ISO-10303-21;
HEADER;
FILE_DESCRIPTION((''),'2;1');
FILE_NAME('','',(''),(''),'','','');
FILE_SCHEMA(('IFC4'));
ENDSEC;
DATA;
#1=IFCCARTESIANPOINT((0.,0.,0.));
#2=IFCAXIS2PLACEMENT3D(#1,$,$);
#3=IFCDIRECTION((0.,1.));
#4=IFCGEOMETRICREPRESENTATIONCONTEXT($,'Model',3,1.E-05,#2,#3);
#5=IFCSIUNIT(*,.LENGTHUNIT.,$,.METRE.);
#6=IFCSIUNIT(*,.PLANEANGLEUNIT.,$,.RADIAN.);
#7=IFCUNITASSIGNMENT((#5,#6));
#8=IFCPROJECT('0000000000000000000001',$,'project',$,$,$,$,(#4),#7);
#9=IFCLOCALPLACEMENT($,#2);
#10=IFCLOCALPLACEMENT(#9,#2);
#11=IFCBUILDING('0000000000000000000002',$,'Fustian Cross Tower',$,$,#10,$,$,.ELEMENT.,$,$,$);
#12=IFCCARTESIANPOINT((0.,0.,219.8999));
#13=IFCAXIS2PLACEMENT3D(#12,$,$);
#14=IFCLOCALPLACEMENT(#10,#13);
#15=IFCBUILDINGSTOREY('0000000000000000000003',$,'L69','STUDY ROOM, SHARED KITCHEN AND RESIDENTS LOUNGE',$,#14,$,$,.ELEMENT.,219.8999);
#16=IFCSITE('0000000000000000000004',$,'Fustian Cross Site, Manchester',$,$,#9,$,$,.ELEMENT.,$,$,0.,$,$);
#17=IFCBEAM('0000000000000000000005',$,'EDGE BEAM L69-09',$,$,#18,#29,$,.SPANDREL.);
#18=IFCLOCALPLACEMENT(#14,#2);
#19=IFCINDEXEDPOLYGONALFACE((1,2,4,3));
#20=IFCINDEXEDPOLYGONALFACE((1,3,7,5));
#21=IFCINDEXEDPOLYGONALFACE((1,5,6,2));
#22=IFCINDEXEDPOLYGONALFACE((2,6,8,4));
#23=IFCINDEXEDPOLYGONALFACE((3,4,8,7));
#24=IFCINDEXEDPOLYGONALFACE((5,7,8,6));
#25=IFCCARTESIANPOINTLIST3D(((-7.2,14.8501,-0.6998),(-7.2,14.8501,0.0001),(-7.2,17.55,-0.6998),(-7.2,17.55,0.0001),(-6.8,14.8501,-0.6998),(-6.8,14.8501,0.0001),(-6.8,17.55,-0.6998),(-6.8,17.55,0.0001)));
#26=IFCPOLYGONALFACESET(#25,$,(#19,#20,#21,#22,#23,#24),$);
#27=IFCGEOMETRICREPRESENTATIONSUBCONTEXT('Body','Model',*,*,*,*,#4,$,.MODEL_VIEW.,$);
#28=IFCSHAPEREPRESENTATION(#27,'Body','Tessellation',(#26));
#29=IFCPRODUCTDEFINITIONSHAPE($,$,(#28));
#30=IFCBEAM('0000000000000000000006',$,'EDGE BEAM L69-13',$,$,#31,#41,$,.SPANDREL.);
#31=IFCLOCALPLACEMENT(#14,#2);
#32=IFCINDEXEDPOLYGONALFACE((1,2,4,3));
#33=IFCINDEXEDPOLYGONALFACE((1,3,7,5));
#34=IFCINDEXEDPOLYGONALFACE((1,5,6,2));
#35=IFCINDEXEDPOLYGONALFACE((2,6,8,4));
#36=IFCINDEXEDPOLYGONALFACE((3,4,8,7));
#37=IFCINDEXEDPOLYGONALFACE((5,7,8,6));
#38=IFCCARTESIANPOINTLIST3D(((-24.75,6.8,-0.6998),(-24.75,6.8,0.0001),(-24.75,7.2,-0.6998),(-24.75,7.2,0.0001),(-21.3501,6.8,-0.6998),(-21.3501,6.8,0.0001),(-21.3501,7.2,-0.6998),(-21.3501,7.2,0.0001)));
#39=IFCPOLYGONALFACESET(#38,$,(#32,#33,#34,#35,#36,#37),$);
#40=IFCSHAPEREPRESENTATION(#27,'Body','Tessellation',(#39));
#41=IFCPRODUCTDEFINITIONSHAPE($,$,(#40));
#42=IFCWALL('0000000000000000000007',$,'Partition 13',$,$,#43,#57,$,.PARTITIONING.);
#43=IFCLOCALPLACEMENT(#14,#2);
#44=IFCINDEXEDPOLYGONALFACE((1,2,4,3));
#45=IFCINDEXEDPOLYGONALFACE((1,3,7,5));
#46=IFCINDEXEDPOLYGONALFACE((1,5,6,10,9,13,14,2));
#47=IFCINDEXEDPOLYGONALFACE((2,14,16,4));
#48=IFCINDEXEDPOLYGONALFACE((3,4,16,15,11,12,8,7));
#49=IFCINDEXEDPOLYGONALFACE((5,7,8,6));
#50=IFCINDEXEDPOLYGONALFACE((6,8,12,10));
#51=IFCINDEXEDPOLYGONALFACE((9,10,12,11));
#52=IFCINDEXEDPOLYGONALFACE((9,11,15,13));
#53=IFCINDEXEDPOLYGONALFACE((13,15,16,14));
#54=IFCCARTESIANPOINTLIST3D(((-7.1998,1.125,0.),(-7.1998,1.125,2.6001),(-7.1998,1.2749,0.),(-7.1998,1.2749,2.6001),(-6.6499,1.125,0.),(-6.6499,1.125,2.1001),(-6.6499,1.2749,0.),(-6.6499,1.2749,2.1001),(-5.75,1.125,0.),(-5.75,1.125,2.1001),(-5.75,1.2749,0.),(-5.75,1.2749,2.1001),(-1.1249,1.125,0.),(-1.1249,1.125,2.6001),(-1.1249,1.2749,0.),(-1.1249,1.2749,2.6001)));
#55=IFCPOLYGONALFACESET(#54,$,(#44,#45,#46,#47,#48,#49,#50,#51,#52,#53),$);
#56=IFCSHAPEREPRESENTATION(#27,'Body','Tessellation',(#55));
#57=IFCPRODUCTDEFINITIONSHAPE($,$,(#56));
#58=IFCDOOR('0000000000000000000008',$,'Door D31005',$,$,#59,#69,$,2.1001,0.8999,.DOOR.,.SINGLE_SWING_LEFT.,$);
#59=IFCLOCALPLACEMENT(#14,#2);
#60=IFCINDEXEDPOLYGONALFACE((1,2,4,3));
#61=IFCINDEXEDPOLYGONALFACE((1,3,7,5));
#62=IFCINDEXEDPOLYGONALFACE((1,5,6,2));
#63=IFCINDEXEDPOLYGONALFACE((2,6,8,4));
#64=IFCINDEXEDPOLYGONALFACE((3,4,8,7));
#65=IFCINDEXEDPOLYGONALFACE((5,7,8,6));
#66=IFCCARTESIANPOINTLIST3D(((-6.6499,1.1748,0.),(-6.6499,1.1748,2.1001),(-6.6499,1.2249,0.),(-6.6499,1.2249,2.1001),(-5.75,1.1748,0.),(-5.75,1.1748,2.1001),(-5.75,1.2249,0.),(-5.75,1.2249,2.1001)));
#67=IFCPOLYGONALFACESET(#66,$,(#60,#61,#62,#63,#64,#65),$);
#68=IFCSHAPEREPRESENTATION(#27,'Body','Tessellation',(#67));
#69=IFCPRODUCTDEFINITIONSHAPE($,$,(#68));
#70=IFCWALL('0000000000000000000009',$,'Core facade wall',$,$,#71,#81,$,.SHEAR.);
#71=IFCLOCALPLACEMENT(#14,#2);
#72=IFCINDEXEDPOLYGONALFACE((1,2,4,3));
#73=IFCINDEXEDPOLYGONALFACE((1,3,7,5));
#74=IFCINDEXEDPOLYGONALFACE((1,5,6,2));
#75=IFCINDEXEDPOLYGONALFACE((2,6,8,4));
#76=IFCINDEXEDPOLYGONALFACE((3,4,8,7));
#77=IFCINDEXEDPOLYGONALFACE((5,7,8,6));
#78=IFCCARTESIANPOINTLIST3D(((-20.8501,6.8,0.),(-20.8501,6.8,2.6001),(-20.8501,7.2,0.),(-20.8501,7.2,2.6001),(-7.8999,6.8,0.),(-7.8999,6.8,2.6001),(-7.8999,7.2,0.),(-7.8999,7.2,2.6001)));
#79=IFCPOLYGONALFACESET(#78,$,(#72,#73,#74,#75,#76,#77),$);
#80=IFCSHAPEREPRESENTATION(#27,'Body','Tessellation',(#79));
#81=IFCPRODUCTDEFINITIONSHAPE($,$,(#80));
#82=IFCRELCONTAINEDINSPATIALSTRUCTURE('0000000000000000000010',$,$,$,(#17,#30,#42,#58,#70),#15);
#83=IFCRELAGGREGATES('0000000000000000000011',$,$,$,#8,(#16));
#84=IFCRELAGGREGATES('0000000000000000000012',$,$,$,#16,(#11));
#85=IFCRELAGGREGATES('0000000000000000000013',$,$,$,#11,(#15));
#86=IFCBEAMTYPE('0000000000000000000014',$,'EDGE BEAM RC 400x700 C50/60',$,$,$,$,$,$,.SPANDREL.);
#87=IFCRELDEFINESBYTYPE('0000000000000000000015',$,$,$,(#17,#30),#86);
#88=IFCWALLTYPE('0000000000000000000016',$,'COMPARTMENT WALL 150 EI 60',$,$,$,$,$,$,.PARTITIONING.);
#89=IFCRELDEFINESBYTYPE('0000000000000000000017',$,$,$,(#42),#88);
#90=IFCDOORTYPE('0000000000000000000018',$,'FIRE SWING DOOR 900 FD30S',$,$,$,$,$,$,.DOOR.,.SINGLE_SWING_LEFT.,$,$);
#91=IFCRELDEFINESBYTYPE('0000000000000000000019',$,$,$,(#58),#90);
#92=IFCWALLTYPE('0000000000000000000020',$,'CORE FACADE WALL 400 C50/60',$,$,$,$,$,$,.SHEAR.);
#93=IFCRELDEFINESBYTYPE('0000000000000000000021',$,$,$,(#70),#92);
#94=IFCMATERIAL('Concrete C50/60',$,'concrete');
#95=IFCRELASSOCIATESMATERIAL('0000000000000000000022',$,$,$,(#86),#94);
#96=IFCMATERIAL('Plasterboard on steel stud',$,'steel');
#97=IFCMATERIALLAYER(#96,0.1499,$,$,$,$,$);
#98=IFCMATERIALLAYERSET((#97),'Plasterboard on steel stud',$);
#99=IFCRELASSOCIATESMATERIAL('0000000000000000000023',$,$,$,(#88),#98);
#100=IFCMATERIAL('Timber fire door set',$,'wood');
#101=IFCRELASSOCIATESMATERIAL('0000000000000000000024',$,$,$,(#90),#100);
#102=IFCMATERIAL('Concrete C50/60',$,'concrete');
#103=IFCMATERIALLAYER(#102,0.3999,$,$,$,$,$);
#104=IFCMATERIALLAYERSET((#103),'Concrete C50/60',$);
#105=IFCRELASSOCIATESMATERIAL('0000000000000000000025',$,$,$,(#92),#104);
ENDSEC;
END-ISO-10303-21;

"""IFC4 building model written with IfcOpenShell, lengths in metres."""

from ifc_helpers import new_model, si_unit, direction, frame, frame_2d, origin, origin_2d, place, context, subcontext, project, spatial, rectangle, extrude, material, layer, layer_set, material_profile, profile_set, type_object, element, fill, save


model = new_model("IFC4")

# Units and contexts
model_context = context("Model", 3, precision=1e-05, world=origin(), true_north=direction((0.0, 1.0)))
body_context = subcontext(model_context, "Body", "Model", "MODEL_VIEW")
ifc_project = project(units=[si_unit("LENGTHUNIT", "METRE"), si_unit("PLANEANGLEUNIT", "RADIAN")], contexts=[model_context])

# Site, building, storey
site_placement = place(None, origin())
site = spatial("IfcSite", under=ifc_project, at=site_placement, Name="Fustian Cross Site, Manchester", CompositionType="ELEMENT", RefElevation=0.0)
building_placement = place(site_placement, origin())
building = spatial("IfcBuilding", under=site, at=building_placement, Name="Fustian Cross Tower", CompositionType="ELEMENT")
storey_placement = place(building_placement, frame((0.0, 0.0, 219.8999)))
storey = spatial("IfcBuildingStorey", under=building, at=storey_placement, Name="L69", Description="STUDY ROOM, SHARED KITCHEN AND RESIDENTS LOUNGE", CompositionType="ELEMENT", Elevation=219.8999)

# Beams
ifc_material_1 = material(Name="Concrete C50/60", Category="concrete")
ifc_material_profile = material_profile(ifc_material_1, rectangle(XDim=0.3999, YDim=0.7, at=origin_2d()), Name="RC 400x700")
ifc_profile_set = profile_set([ifc_material_profile], Name="Concrete C50/60")
beam_type = type_object("IfcBeamType", Name="EDGE BEAM RC 400x700 C50/60", PredefinedType="SPANDREL", material=ifc_profile_set)
beam_1_placement = place(storey_placement, frame((-7.0, 17.55, -0.3499), z_axis=(0.0, -1.0, 0.0), x_axis=(1.0, 0.0, 0.0)))
element("IfcBeam", 1, at=beam_1_placement, inside=storey, type_object=beam_type, Name="EDGE BEAM L69-09", PredefinedType="SPANDREL", context=body_context, shape_type="SweptSolid", body=[
    extrude(rectangle(XDim=0.3999, YDim=0.7, at=origin_2d()), origin(), (0.0, 0.0, 1.0), 2.7),
])
beam_2_placement = place(storey_placement, frame((-21.3501, 7.0, -0.3499), z_axis=(-1.0, 0.0, 0.0), x_axis=(0.0, -1.0, 0.0)))
element("IfcBeam", 2, at=beam_2_placement, inside=storey, type_object=beam_type, Name="EDGE BEAM L69-13", PredefinedType="SPANDREL", context=body_context, shape_type="SweptSolid", body=[
    extrude(rectangle(XDim=0.3999, YDim=0.7, at=origin_2d()), origin(), (0.0, 0.0, 1.0), 3.3999),
])

# Wall, opening, door
ifc_material_2 = material(Name="Plasterboard on steel stud", Category="steel")
ifc_layer_1 = layer(ifc_material_2, 0.1499)
ifc_layer_set_1 = layer_set([ifc_layer_1], Name="Plasterboard on steel stud")
wall_type_1 = type_object("IfcWallType", Name="COMPARTMENT WALL 150 EI 60", PredefinedType="PARTITIONING", material=ifc_layer_set_1)
wall_1_placement = place(storey_placement, frame((-7.2, 1.2, 0.0), z_axis=(0.0, 0.0, 1.0), x_axis=(1.0, 0.0, 0.0)))
wall_1 = element("IfcWall", 3, at=wall_1_placement, inside=storey, type_object=wall_type_1, Name="Partition 13", PredefinedType="PARTITIONING", context=body_context, shape_type="SweptSolid", body=[
    extrude(rectangle(XDim=6.075, YDim=0.1499, at=frame_2d((3.0376, 0.0))), origin(), (0.0, 0.0, 1.0), 2.6001),
])
opening_1_placement = place(wall_1_placement, frame((0.55, 0.0, 0.0)))
opening_1 = element("IfcOpeningElement", 4, at=opening_1_placement, cuts=wall_1, PredefinedType="OPENING", context=body_context, shape_type="SweptSolid", body=[
    extrude(rectangle(XDim=0.8999, YDim=2.1001, at=frame_2d((0.45, 1.05))), frame((0.0, 0.085, 0.0), z_axis=(0.0, -1.0, 0.0), x_axis=(1.0, 0.0, 0.0)), (0.0, 0.0, 1.0), 0.1699),
])
ifc_material_3 = material(Name="Timber fire door set", Category="wood")
door_type_1 = type_object("IfcDoorType", Name="FIRE SWING DOOR 900 FD30S", OperationType="SINGLE_SWING_LEFT", PredefinedType="DOOR", material=ifc_material_3)
door_1_placement = place(opening_1_placement, origin())
door_1 = element("IfcDoor", 5, at=door_1_placement, inside=storey, type_object=door_type_1, Name="Door D31005", OperationType="SINGLE_SWING_LEFT", OverallHeight=2.1001, OverallWidth=0.8999, PredefinedType="DOOR", context=body_context, shape_type="SweptSolid", body=[
    extrude(rectangle(XDim=0.8999, YDim=2.1001, at=frame_2d((0.45, 1.05))), frame((0.0, 0.0249, 0.0), z_axis=(0.0, -1.0, 0.0), x_axis=(1.0, 0.0, 0.0)), (0.0, 0.0, 1.0), 0.05),
])
fill(opening_1, door_1)

# Wall
ifc_material_4 = material(Name="Concrete C50/60", Category="concrete")
ifc_layer_2 = layer(ifc_material_4, 0.3999)
ifc_layer_set_2 = layer_set([ifc_layer_2], Name="Concrete C50/60")
wall_type_2 = type_object("IfcWallType", Name="CORE FACADE WALL 400 C50/60", PredefinedType="SHEAR", material=ifc_layer_set_2)
wall_2_placement = place(storey_placement, frame((-7.8999, 7.0, 0.0), z_axis=(0.0, 0.0, 1.0), x_axis=(-1.0, 0.0, 0.0)))
element("IfcWall", 6, at=wall_2_placement, inside=storey, type_object=wall_type_2, Name="Core facade wall", PredefinedType="SHEAR", context=body_context, shape_type="SweptSolid", body=[
    extrude(rectangle(XDim=12.9502, YDim=0.3999, at=frame_2d((6.4751, 0.0))), origin(), (0.0, 0.0, 1.0), 2.6001),
])

save(model, "model.ifc")
